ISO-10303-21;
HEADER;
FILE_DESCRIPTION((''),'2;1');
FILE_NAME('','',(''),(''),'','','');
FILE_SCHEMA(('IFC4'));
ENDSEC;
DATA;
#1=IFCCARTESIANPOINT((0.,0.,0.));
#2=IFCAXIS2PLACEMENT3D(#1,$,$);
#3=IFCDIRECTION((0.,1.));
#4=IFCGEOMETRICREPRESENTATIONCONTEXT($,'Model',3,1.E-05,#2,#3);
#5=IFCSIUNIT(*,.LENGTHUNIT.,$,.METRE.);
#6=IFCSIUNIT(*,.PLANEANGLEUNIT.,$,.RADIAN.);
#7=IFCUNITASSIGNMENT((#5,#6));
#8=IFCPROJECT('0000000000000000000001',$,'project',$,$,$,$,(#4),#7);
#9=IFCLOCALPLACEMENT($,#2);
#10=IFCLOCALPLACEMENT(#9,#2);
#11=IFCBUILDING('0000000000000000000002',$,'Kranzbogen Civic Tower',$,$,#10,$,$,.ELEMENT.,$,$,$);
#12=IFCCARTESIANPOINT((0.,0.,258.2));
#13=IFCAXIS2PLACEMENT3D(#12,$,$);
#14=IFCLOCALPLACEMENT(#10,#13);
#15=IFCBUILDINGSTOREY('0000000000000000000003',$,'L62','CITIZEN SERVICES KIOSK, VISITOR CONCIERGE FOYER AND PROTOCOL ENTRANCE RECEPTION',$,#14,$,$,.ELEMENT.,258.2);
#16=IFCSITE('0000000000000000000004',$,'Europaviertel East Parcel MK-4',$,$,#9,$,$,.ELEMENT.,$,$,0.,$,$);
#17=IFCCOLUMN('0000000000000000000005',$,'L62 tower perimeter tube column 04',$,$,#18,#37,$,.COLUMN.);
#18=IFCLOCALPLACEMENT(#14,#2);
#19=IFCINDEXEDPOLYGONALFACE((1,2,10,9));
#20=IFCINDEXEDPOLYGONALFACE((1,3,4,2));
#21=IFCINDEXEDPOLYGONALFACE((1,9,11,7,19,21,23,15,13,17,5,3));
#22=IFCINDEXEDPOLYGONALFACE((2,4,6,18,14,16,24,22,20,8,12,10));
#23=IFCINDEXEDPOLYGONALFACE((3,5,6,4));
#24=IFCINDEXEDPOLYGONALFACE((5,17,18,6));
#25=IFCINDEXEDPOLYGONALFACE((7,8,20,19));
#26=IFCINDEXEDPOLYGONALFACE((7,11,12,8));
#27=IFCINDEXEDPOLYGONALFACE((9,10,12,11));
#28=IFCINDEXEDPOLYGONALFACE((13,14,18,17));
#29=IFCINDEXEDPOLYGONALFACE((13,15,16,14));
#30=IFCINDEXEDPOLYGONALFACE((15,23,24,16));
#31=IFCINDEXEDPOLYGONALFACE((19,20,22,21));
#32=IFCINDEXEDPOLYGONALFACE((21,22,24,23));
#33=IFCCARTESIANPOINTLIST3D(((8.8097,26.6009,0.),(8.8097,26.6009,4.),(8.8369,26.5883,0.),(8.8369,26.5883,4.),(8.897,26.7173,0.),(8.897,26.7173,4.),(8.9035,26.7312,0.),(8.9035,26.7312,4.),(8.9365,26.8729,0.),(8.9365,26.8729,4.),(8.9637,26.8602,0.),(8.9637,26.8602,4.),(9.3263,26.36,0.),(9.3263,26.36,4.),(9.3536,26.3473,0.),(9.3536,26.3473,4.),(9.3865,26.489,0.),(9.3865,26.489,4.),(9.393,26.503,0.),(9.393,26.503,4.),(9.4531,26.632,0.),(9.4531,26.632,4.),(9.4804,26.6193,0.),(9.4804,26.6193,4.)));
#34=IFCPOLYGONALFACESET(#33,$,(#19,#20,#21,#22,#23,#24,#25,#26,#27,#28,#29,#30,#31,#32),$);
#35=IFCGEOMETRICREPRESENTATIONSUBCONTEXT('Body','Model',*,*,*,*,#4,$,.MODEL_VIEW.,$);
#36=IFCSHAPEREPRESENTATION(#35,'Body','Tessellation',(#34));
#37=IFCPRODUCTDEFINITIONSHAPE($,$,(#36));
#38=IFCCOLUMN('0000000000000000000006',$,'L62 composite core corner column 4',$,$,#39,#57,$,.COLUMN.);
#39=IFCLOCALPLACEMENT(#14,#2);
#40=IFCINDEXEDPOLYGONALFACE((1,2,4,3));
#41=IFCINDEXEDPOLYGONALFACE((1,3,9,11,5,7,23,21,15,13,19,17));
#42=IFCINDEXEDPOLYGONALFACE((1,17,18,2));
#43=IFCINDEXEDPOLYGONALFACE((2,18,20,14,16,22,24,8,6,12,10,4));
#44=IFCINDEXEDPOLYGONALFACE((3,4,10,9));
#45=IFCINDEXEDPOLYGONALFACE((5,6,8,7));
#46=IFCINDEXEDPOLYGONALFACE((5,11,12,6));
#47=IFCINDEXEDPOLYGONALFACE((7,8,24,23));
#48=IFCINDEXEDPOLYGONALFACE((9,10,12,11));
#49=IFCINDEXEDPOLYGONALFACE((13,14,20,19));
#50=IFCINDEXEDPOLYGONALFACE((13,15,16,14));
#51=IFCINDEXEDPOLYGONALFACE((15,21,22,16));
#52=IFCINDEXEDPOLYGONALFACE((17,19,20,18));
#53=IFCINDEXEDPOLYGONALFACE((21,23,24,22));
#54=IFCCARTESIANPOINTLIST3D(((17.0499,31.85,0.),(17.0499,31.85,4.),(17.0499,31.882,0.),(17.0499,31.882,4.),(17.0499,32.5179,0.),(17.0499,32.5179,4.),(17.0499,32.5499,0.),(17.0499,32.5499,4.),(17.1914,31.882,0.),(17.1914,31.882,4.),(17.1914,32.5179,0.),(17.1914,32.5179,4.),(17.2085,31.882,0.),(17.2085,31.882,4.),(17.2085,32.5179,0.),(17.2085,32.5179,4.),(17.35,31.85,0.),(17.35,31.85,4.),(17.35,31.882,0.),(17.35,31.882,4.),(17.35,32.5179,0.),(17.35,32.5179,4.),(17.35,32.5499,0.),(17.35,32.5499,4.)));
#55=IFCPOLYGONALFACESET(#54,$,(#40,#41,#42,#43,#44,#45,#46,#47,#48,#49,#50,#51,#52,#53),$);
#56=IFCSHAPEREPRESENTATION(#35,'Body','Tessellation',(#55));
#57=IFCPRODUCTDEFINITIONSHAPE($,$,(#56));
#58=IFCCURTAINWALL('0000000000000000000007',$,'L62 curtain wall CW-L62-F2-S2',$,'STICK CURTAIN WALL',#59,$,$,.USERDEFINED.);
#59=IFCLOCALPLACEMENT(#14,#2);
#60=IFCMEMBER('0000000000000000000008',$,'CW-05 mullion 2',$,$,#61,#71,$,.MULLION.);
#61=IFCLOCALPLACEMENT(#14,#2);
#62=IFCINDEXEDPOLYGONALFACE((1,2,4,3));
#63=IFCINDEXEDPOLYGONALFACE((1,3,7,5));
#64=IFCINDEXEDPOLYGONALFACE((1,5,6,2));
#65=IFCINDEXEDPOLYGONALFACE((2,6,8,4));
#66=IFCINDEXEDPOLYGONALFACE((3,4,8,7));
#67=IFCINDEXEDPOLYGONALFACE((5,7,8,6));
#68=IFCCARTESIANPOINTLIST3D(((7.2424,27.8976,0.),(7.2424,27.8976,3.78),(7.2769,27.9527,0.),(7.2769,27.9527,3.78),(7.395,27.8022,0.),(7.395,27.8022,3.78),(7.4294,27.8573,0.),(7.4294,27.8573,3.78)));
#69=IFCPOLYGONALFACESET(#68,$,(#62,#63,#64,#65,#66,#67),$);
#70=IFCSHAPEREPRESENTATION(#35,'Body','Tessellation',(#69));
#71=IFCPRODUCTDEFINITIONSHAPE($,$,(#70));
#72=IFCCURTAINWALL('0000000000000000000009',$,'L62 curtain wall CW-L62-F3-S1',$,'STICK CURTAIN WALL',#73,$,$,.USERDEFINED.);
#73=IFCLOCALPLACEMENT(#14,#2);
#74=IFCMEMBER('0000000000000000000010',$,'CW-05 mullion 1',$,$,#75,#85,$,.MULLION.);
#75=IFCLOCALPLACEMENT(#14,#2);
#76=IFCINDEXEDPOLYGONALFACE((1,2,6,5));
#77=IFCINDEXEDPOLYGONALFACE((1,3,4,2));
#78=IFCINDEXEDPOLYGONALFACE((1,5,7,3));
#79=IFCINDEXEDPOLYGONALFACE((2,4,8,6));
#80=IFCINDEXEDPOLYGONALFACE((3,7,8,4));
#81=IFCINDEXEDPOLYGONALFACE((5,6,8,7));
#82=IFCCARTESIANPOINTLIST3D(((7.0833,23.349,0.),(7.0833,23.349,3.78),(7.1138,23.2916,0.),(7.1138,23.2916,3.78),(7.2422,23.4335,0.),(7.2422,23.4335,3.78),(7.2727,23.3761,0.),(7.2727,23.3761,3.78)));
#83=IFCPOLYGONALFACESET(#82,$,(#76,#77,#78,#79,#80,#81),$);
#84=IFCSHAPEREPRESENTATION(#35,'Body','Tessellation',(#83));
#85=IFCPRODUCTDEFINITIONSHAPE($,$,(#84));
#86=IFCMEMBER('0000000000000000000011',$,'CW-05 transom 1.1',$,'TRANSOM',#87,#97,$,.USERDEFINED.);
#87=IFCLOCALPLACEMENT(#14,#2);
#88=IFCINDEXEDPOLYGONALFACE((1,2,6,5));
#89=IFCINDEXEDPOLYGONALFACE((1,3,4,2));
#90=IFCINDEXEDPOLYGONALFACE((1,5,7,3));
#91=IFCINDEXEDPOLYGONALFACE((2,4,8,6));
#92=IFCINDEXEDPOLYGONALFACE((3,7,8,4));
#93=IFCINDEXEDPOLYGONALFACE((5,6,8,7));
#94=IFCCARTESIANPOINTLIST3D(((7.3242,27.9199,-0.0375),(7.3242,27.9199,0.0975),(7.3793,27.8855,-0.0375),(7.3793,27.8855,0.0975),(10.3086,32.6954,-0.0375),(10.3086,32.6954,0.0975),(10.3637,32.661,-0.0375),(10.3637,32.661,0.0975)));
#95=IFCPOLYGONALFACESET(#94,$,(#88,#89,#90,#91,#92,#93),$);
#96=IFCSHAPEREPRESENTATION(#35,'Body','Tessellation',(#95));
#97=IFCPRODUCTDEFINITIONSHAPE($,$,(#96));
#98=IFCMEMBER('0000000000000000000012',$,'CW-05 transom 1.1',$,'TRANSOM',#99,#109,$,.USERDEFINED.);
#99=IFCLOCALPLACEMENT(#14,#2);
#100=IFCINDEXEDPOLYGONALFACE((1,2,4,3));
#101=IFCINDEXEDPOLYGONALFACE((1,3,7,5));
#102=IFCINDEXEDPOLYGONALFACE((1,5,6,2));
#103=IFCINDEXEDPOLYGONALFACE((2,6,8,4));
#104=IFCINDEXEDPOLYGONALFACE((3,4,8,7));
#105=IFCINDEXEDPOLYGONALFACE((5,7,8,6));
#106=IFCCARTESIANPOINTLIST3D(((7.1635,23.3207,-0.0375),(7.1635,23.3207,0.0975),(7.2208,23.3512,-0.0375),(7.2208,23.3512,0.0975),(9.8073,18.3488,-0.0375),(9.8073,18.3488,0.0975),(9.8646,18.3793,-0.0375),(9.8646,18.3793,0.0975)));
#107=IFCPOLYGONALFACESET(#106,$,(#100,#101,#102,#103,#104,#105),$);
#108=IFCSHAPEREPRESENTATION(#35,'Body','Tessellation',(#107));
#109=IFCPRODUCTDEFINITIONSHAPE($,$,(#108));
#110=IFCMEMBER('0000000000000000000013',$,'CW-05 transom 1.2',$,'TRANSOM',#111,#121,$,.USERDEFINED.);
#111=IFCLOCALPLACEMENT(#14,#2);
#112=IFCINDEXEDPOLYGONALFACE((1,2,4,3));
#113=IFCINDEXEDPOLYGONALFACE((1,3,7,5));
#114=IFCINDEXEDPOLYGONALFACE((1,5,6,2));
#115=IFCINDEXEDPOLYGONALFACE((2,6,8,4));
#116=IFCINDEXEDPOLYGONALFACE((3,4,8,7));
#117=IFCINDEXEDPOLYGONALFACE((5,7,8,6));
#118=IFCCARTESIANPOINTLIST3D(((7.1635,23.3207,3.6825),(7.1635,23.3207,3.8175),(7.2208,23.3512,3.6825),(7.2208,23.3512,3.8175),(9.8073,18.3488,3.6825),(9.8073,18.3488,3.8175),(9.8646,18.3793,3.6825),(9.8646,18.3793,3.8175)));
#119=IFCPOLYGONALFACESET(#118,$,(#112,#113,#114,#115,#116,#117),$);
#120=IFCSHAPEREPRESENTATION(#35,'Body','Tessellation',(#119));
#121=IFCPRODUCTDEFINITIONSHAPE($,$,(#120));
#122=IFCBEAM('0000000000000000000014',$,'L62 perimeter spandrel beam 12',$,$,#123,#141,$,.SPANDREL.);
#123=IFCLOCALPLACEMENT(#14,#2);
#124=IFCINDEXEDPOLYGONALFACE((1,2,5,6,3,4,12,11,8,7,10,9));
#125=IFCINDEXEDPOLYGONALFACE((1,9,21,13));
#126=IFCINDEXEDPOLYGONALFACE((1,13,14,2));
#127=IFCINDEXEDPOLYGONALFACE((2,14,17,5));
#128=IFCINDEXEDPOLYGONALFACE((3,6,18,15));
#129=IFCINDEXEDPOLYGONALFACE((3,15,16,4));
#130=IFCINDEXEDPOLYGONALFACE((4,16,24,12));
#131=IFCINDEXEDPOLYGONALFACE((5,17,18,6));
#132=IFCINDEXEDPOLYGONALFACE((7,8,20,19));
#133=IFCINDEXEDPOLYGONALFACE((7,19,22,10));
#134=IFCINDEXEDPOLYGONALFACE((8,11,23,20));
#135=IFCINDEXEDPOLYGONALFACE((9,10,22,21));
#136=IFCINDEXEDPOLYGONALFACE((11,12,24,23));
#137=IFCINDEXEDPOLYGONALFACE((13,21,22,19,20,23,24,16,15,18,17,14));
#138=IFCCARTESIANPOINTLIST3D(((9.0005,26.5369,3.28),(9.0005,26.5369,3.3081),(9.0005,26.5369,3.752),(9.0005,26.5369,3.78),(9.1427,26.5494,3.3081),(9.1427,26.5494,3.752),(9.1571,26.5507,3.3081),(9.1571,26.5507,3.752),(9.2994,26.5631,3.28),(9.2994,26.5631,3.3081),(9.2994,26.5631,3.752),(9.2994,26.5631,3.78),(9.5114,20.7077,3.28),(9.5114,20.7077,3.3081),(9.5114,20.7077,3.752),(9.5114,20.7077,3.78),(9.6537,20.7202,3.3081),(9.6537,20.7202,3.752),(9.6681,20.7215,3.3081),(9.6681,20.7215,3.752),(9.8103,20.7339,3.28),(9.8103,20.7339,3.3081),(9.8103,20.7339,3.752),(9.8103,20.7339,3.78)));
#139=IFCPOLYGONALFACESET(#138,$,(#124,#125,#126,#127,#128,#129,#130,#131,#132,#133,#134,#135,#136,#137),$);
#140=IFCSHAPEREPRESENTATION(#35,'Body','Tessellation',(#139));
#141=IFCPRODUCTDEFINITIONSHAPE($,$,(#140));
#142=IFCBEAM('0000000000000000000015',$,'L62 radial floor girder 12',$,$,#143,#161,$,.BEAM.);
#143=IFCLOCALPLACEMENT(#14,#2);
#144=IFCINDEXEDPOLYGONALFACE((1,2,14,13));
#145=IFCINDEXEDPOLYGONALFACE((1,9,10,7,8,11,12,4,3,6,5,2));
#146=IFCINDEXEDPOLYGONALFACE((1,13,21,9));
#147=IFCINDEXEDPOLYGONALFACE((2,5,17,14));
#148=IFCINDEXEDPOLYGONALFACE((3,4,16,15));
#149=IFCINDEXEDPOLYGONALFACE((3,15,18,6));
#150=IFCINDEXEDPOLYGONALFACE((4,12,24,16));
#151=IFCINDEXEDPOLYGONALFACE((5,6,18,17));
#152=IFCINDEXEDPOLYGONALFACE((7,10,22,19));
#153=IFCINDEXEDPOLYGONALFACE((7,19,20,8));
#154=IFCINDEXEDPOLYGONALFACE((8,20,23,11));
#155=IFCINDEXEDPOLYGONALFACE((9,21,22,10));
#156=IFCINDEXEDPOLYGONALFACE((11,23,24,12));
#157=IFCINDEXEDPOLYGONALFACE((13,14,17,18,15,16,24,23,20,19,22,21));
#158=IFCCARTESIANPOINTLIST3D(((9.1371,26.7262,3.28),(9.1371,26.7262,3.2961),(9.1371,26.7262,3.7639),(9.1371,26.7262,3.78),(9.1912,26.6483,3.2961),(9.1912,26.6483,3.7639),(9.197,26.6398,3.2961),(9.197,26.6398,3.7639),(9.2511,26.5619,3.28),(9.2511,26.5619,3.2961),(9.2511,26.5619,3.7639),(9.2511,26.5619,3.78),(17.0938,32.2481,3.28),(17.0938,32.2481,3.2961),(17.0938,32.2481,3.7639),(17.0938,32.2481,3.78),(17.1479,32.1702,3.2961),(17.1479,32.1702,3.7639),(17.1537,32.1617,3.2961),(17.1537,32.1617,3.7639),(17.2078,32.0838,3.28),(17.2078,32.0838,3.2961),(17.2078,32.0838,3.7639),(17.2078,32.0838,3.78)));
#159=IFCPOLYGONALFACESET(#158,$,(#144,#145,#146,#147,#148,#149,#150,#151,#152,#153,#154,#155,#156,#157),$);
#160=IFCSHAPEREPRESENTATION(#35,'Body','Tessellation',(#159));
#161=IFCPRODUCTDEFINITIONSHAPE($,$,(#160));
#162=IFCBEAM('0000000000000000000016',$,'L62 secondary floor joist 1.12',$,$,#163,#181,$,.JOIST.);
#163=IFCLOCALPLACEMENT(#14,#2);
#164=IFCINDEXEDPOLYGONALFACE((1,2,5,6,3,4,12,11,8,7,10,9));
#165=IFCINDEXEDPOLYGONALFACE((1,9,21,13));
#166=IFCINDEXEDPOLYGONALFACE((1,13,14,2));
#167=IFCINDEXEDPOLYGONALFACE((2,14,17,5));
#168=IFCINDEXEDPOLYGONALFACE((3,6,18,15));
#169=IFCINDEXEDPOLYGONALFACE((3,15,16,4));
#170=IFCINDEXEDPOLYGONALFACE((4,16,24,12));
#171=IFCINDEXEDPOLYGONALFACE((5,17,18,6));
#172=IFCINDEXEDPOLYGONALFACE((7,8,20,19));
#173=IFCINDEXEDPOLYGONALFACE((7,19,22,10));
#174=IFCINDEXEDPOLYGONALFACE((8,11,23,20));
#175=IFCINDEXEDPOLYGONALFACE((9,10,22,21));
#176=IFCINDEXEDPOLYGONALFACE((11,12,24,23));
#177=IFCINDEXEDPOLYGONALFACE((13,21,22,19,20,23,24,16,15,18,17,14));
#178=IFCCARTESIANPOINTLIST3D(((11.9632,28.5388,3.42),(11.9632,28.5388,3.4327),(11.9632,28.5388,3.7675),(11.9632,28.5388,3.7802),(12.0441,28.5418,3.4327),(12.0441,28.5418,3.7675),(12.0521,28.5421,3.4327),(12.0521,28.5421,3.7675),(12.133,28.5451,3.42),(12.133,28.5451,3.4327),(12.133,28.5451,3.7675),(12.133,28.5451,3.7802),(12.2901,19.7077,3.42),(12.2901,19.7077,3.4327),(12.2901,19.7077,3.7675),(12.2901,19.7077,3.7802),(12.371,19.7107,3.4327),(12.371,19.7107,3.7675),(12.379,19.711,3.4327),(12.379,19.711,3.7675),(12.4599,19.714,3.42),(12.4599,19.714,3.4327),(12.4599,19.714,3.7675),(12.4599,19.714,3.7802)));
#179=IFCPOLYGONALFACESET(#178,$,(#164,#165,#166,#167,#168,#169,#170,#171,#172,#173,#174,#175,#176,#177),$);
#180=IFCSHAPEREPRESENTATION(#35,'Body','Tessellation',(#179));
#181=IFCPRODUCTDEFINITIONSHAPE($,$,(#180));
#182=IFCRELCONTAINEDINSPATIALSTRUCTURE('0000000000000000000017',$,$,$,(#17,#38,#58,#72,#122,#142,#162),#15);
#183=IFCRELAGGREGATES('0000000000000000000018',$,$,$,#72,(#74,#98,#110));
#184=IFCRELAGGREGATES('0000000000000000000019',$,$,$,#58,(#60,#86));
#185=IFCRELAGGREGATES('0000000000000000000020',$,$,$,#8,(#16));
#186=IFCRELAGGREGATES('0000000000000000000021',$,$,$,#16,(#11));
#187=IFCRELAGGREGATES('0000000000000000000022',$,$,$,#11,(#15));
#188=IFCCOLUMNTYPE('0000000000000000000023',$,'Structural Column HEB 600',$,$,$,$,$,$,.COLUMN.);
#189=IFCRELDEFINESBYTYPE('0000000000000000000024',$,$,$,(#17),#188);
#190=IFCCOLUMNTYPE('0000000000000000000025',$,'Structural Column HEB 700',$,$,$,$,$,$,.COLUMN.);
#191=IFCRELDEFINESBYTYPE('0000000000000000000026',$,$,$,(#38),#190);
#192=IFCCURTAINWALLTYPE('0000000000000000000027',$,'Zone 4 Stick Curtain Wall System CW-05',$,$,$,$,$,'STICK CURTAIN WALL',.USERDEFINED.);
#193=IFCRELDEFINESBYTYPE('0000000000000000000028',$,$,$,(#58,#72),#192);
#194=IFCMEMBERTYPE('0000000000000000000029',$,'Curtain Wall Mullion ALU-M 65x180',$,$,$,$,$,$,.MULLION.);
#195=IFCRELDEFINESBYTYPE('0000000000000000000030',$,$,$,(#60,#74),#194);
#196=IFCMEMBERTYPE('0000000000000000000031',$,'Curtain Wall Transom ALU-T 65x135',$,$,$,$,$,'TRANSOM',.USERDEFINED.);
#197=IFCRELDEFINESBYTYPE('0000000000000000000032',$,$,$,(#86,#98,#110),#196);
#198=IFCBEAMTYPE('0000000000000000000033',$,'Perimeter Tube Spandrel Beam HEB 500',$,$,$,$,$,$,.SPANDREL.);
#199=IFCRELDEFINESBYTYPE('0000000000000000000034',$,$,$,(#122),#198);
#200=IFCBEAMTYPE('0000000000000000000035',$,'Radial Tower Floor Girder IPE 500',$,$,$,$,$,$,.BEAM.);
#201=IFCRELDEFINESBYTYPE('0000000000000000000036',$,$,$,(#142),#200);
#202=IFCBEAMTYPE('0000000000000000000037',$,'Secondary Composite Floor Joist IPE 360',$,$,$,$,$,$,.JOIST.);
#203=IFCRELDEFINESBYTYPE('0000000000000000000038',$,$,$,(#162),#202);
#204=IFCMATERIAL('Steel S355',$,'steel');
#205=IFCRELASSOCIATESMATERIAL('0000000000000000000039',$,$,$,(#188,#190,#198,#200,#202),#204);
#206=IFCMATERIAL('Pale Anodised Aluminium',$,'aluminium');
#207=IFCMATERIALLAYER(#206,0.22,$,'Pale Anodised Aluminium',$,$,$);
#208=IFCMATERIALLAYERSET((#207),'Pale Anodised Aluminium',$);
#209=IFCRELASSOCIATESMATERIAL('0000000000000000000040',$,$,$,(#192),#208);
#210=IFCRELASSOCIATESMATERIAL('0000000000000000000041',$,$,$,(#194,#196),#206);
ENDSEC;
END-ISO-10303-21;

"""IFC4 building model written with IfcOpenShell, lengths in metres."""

from ifc_helpers import new_model, si_unit, direction, frame, origin, origin_2d, place, context, subcontext, project, spatial, rectangle, i_section, extrude, material, layer, layer_set, material_profile, profile_set, type_object, element, aggregate, save


model = new_model("IFC4")

# Units and contexts
model_context = context("Model", 3, precision=1e-05, world=origin(), true_north=direction((0.0, 1.0)))
body_context = subcontext(model_context, "Body", "Model", "MODEL_VIEW")
ifc_project = project(units=[si_unit("LENGTHUNIT", "METRE"), si_unit("PLANEANGLEUNIT", "RADIAN")], contexts=[model_context])

# Site, building, storey
site_placement = place(None, origin())
site = spatial("IfcSite", under=ifc_project, at=site_placement, Name="Europaviertel East Parcel MK-4", CompositionType="ELEMENT", RefElevation=0.0)
building_placement = place(site_placement, origin())
building = spatial("IfcBuilding", under=site, at=building_placement, Name="Kranzbogen Civic Tower", CompositionType="ELEMENT")
storey_placement = place(building_placement, frame((0.0, 0.0, 258.2)))
storey = spatial("IfcBuildingStorey", under=building, at=storey_placement, Name="L62", Description="CITIZEN SERVICES KIOSK, VISITOR CONCIERGE FOYER AND PROTOCOL ENTRANCE RECEPTION", CompositionType="ELEMENT", Elevation=258.2)

# Columns
ifc_material_1 = material(Name="Steel S355", Category="steel")
ifc_material_profile_1 = material_profile(ifc_material_1, i_section(OverallWidth=0.3, OverallDepth=0.6001, WebThickness=0.0154, FlangeThickness=0.03, at=origin_2d()), Name="HEB 600")
ifc_profile_set_1 = profile_set([ifc_material_profile_1], Name="Steel S355")
column_type_1 = type_object("IfcColumnType", Name="Structural Column HEB 600", PredefinedType="COLUMN", material=ifc_profile_set_1)
column_1_placement = place(storey_placement, frame((9.145, 26.6101, 0.0), z_axis=(0.0, 0.0, 1.0), x_axis=(0.422618, 0.906308, 0.0)))
element("IfcColumn", 1, at=column_1_placement, inside=storey, type_object=column_type_1, Name="L62 tower perimeter tube column 04", PredefinedType="COLUMN", context=body_context, shape_type="SweptSolid", body=[
    extrude(i_section(OverallWidth=0.3, OverallDepth=0.6001, WebThickness=0.0154, FlangeThickness=0.03, at=origin_2d()), origin(), (0.0, 0.0, 1.0), 4.0),
])
ifc_material_profile_2 = material_profile(ifc_material_1, i_section(OverallWidth=0.3, OverallDepth=0.7, WebThickness=0.0171, FlangeThickness=0.032, at=origin_2d()), Name="HEB 700")
ifc_profile_set_2 = profile_set([ifc_material_profile_2], Name="Steel S355")
column_type_2 = type_object("IfcColumnType", Name="Structural Column HEB 700", PredefinedType="COLUMN", material=ifc_profile_set_2)
column_2_placement = place(storey_placement, frame((17.2, 32.2, 0.0), z_axis=(0.0, 0.0, 1.0), x_axis=(1.0, 0.0, 0.0)))
element("IfcColumn", 2, at=column_2_placement, inside=storey, type_object=column_type_2, Name="L62 composite core corner column 4", PredefinedType="COLUMN", context=body_context, shape_type="SweptSolid", body=[
    extrude(i_section(OverallWidth=0.3, OverallDepth=0.7, WebThickness=0.0171, FlangeThickness=0.032, at=origin_2d()), origin(), (0.0, 0.0, 1.0), 4.0),
])

# Curtain walls, members
ifc_material_2 = material(Name="Pale Anodised Aluminium", Category="aluminium")
ifc_layer_1 = layer(ifc_material_2, 0.22, Name="Pale Anodised Aluminium")
ifc_layer_set_1 = layer_set([ifc_layer_1], Name="Pale Anodised Aluminium")
curtain_wall_type = type_object("IfcCurtainWallType", Name="Zone 4 Stick Curtain Wall System CW-05", ElementType="STICK CURTAIN WALL", PredefinedType="USERDEFINED", material=ifc_layer_set_1)
curtain_wall_1_placement = place(storey_placement, origin())
curtain_wall_1 = element("IfcCurtainWall", 3, at=curtain_wall_1_placement, inside=storey, type_object=curtain_wall_type, Name="L62 curtain wall CW-L62-F2-S2", ObjectType="STICK CURTAIN WALL", PredefinedType="USERDEFINED")
ifc_material_profile_3 = material_profile(ifc_material_2, rectangle(XDim=0.0649, YDim=0.1799, at=origin_2d()), Name="ALU-M 65x180")
ifc_profile_set_3 = profile_set([ifc_material_profile_3], Name="Pale Anodised Aluminium")
member_type_1 = type_object("IfcMemberType", Name="Curtain Wall Mullion ALU-M 65x180", PredefinedType="MULLION", material=ifc_profile_set_3)
member_1_placement = place(storey_placement, frame((7.3359, 27.8774, 0.0), z_axis=(0.0, 0.0, 1.0), x_axis=(-0.529983, -0.848008, 0.0)))
member_1 = element("IfcMember", 4, at=member_1_placement, type_object=member_type_1, Name="CW-05 mullion 2", PredefinedType="MULLION", context=body_context, shape_type="SweptSolid", body=[
    extrude(rectangle(XDim=0.0649, YDim=0.1799, at=origin_2d()), origin(), (0.0, 0.0, 1.0), 3.78),
])
curtain_wall_2_placement = place(storey_placement, origin())
curtain_wall_2 = element("IfcCurtainWall", 5, at=curtain_wall_2_placement, inside=storey, type_object=curtain_wall_type, Name="L62 curtain wall CW-L62-F3-S1", ObjectType="STICK CURTAIN WALL", PredefinedType="USERDEFINED")
member_2_placement = place(storey_placement, frame((7.178, 23.3625, 0.0), z_axis=(0.0, 0.0, 1.0), x_axis=(0.469469, -0.882949, 0.0)))
member_2 = element("IfcMember", 6, at=member_2_placement, type_object=member_type_1, Name="CW-05 mullion 1", PredefinedType="MULLION", context=body_context, shape_type="SweptSolid", body=[
    extrude(rectangle(XDim=0.0649, YDim=0.1799, at=origin_2d()), origin(), (0.0, 0.0, 1.0), 3.78),
])

# Members
ifc_material_profile_4 = material_profile(ifc_material_2, rectangle(XDim=0.0649, YDim=0.135, at=origin_2d()), Name="ALU-T 65x135")
ifc_profile_set_4 = profile_set([ifc_material_profile_4], Name="Pale Anodised Aluminium")
member_type_2 = type_object("IfcMemberType", Name="Curtain Wall Transom ALU-T 65x135", ElementType="TRANSOM", PredefinedType="USERDEFINED", material=ifc_profile_set_4)
member_3_placement = place(storey_placement, frame((10.3362, 32.6782, 0.03), z_axis=(-0.529968, -0.848018, 0.0), x_axis=(0.848018, -0.529968, 0.0)))
member_3 = element("IfcMember", 7, at=member_3_placement, type_object=member_type_2, Name="CW-05 transom 1.1", ObjectType="TRANSOM", PredefinedType="USERDEFINED", context=body_context, shape_type="SweptSolid", body=[
    extrude(rectangle(XDim=0.0649, YDim=0.135, at=origin_2d()), origin(), (0.0, 0.0, 1.0), 5.6313),
])
member_4_placement = place(storey_placement, frame((7.1921, 23.3359, 0.03), z_axis=(0.469496, -0.882934, 0.0), x_axis=(0.882934, 0.469496, 0.0)))
member_4 = element("IfcMember", 8, at=member_4_placement, type_object=member_type_2, Name="CW-05 transom 1.1", ObjectType="TRANSOM", PredefinedType="USERDEFINED", context=body_context, shape_type="SweptSolid", body=[
    extrude(rectangle(XDim=0.0649, YDim=0.135, at=origin_2d()), origin(), (0.0, 0.0, 1.0), 5.6311),
])
member_5_placement = place(storey_placement, frame((7.1921, 23.3359, 3.75), z_axis=(0.469496, -0.882934, 0.0), x_axis=(0.882934, 0.469496, 0.0)))
member_5 = element("IfcMember", 9, at=member_5_placement, type_object=member_type_2, Name="CW-05 transom 1.2", ObjectType="TRANSOM", PredefinedType="USERDEFINED", context=body_context, shape_type="SweptSolid", body=[
    extrude(rectangle(XDim=0.0649, YDim=0.135, at=origin_2d()), origin(), (0.0, 0.0, 1.0), 5.6311),
])
aggregate(curtain_wall_2, [member_2, member_4, member_5])

# Beams
ifc_material_profile_5 = material_profile(ifc_material_1, i_section(OverallWidth=0.3, OverallDepth=0.5, WebThickness=0.0144, FlangeThickness=0.0281, at=origin_2d()), Name="HEB 500")
ifc_profile_set_5 = profile_set([ifc_material_profile_5], Name="Steel S355")
beam_type_1 = type_object("IfcBeamType", Name="Perimeter Tube Spandrel Beam HEB 500", PredefinedType="SPANDREL", material=ifc_profile_set_5)
beam_1_placement = place(storey_placement, frame((9.1499, 26.55, 3.53), z_axis=(0.087326, -0.99618, 0.0), x_axis=(0.99618, 0.087326, 0.0)))
element("IfcBeam", 10, at=beam_1_placement, inside=storey, type_object=beam_type_1, Name="L62 perimeter spandrel beam 12", PredefinedType="SPANDREL", context=body_context, shape_type="SweptSolid", body=[
    extrude(i_section(OverallWidth=0.3, OverallDepth=0.5, WebThickness=0.0144, FlangeThickness=0.0281, at=origin_2d()), origin(), (0.0, 0.0, 1.0), 5.8516),
])
ifc_material_profile_6 = material_profile(ifc_material_1, i_section(OverallWidth=0.2, OverallDepth=0.5, WebThickness=0.0103, FlangeThickness=0.0161, at=origin_2d()), Name="IPE 500")
ifc_profile_set_6 = profile_set([ifc_material_profile_6], Name="Steel S355")
beam_type_2 = type_object("IfcBeamType", Name="Radial Tower Floor Girder IPE 500", PredefinedType="BEAM", material=ifc_profile_set_6)
beam_2_placement = place(storey_placement, frame((9.1941, 26.644, 3.53), z_axis=(0.821543, 0.570147, 0.0), x_axis=(-0.570147, 0.821543, 0.0)))
element("IfcBeam", 11, at=beam_2_placement, inside=storey, type_object=beam_type_2, Name="L62 radial floor girder 12", PredefinedType="BEAM", context=body_context, shape_type="SweptSolid", body=[
    extrude(i_section(OverallWidth=0.2, OverallDepth=0.5, WebThickness=0.0103, FlangeThickness=0.0161, at=origin_2d()), origin(), (0.0, 0.0, 1.0), 9.6851),
])
ifc_material_profile_7 = material_profile(ifc_material_1, i_section(OverallWidth=0.1699, OverallDepth=0.3601, WebThickness=0.0081, FlangeThickness=0.0127, at=origin_2d()), Name="IPE 360")
ifc_profile_set_7 = profile_set([ifc_material_profile_7], Name="Steel S355")
beam_type_3 = type_object("IfcBeamType", Name="Secondary Composite Floor Joist IPE 360", PredefinedType="JOIST", material=ifc_profile_set_7)
beam_3_placement = place(storey_placement, frame((12.0481, 28.542, 3.6001), z_axis=(0.036992, -0.999316, 0.0), x_axis=(0.999316, 0.036992, 0.0)))
element("IfcBeam", 12, at=beam_3_placement, inside=storey, type_object=beam_type_3, Name="L62 secondary floor joist 1.12", PredefinedType="JOIST", context=body_context, shape_type="SweptSolid", body=[
    extrude(i_section(OverallWidth=0.1699, OverallDepth=0.3601, WebThickness=0.0081, FlangeThickness=0.0127, at=origin_2d()), origin(), (0.0, 0.0, 1.0), 8.8372),
])

aggregate(curtain_wall_1, [member_1, member_3])

save(model, "model.ifc")
